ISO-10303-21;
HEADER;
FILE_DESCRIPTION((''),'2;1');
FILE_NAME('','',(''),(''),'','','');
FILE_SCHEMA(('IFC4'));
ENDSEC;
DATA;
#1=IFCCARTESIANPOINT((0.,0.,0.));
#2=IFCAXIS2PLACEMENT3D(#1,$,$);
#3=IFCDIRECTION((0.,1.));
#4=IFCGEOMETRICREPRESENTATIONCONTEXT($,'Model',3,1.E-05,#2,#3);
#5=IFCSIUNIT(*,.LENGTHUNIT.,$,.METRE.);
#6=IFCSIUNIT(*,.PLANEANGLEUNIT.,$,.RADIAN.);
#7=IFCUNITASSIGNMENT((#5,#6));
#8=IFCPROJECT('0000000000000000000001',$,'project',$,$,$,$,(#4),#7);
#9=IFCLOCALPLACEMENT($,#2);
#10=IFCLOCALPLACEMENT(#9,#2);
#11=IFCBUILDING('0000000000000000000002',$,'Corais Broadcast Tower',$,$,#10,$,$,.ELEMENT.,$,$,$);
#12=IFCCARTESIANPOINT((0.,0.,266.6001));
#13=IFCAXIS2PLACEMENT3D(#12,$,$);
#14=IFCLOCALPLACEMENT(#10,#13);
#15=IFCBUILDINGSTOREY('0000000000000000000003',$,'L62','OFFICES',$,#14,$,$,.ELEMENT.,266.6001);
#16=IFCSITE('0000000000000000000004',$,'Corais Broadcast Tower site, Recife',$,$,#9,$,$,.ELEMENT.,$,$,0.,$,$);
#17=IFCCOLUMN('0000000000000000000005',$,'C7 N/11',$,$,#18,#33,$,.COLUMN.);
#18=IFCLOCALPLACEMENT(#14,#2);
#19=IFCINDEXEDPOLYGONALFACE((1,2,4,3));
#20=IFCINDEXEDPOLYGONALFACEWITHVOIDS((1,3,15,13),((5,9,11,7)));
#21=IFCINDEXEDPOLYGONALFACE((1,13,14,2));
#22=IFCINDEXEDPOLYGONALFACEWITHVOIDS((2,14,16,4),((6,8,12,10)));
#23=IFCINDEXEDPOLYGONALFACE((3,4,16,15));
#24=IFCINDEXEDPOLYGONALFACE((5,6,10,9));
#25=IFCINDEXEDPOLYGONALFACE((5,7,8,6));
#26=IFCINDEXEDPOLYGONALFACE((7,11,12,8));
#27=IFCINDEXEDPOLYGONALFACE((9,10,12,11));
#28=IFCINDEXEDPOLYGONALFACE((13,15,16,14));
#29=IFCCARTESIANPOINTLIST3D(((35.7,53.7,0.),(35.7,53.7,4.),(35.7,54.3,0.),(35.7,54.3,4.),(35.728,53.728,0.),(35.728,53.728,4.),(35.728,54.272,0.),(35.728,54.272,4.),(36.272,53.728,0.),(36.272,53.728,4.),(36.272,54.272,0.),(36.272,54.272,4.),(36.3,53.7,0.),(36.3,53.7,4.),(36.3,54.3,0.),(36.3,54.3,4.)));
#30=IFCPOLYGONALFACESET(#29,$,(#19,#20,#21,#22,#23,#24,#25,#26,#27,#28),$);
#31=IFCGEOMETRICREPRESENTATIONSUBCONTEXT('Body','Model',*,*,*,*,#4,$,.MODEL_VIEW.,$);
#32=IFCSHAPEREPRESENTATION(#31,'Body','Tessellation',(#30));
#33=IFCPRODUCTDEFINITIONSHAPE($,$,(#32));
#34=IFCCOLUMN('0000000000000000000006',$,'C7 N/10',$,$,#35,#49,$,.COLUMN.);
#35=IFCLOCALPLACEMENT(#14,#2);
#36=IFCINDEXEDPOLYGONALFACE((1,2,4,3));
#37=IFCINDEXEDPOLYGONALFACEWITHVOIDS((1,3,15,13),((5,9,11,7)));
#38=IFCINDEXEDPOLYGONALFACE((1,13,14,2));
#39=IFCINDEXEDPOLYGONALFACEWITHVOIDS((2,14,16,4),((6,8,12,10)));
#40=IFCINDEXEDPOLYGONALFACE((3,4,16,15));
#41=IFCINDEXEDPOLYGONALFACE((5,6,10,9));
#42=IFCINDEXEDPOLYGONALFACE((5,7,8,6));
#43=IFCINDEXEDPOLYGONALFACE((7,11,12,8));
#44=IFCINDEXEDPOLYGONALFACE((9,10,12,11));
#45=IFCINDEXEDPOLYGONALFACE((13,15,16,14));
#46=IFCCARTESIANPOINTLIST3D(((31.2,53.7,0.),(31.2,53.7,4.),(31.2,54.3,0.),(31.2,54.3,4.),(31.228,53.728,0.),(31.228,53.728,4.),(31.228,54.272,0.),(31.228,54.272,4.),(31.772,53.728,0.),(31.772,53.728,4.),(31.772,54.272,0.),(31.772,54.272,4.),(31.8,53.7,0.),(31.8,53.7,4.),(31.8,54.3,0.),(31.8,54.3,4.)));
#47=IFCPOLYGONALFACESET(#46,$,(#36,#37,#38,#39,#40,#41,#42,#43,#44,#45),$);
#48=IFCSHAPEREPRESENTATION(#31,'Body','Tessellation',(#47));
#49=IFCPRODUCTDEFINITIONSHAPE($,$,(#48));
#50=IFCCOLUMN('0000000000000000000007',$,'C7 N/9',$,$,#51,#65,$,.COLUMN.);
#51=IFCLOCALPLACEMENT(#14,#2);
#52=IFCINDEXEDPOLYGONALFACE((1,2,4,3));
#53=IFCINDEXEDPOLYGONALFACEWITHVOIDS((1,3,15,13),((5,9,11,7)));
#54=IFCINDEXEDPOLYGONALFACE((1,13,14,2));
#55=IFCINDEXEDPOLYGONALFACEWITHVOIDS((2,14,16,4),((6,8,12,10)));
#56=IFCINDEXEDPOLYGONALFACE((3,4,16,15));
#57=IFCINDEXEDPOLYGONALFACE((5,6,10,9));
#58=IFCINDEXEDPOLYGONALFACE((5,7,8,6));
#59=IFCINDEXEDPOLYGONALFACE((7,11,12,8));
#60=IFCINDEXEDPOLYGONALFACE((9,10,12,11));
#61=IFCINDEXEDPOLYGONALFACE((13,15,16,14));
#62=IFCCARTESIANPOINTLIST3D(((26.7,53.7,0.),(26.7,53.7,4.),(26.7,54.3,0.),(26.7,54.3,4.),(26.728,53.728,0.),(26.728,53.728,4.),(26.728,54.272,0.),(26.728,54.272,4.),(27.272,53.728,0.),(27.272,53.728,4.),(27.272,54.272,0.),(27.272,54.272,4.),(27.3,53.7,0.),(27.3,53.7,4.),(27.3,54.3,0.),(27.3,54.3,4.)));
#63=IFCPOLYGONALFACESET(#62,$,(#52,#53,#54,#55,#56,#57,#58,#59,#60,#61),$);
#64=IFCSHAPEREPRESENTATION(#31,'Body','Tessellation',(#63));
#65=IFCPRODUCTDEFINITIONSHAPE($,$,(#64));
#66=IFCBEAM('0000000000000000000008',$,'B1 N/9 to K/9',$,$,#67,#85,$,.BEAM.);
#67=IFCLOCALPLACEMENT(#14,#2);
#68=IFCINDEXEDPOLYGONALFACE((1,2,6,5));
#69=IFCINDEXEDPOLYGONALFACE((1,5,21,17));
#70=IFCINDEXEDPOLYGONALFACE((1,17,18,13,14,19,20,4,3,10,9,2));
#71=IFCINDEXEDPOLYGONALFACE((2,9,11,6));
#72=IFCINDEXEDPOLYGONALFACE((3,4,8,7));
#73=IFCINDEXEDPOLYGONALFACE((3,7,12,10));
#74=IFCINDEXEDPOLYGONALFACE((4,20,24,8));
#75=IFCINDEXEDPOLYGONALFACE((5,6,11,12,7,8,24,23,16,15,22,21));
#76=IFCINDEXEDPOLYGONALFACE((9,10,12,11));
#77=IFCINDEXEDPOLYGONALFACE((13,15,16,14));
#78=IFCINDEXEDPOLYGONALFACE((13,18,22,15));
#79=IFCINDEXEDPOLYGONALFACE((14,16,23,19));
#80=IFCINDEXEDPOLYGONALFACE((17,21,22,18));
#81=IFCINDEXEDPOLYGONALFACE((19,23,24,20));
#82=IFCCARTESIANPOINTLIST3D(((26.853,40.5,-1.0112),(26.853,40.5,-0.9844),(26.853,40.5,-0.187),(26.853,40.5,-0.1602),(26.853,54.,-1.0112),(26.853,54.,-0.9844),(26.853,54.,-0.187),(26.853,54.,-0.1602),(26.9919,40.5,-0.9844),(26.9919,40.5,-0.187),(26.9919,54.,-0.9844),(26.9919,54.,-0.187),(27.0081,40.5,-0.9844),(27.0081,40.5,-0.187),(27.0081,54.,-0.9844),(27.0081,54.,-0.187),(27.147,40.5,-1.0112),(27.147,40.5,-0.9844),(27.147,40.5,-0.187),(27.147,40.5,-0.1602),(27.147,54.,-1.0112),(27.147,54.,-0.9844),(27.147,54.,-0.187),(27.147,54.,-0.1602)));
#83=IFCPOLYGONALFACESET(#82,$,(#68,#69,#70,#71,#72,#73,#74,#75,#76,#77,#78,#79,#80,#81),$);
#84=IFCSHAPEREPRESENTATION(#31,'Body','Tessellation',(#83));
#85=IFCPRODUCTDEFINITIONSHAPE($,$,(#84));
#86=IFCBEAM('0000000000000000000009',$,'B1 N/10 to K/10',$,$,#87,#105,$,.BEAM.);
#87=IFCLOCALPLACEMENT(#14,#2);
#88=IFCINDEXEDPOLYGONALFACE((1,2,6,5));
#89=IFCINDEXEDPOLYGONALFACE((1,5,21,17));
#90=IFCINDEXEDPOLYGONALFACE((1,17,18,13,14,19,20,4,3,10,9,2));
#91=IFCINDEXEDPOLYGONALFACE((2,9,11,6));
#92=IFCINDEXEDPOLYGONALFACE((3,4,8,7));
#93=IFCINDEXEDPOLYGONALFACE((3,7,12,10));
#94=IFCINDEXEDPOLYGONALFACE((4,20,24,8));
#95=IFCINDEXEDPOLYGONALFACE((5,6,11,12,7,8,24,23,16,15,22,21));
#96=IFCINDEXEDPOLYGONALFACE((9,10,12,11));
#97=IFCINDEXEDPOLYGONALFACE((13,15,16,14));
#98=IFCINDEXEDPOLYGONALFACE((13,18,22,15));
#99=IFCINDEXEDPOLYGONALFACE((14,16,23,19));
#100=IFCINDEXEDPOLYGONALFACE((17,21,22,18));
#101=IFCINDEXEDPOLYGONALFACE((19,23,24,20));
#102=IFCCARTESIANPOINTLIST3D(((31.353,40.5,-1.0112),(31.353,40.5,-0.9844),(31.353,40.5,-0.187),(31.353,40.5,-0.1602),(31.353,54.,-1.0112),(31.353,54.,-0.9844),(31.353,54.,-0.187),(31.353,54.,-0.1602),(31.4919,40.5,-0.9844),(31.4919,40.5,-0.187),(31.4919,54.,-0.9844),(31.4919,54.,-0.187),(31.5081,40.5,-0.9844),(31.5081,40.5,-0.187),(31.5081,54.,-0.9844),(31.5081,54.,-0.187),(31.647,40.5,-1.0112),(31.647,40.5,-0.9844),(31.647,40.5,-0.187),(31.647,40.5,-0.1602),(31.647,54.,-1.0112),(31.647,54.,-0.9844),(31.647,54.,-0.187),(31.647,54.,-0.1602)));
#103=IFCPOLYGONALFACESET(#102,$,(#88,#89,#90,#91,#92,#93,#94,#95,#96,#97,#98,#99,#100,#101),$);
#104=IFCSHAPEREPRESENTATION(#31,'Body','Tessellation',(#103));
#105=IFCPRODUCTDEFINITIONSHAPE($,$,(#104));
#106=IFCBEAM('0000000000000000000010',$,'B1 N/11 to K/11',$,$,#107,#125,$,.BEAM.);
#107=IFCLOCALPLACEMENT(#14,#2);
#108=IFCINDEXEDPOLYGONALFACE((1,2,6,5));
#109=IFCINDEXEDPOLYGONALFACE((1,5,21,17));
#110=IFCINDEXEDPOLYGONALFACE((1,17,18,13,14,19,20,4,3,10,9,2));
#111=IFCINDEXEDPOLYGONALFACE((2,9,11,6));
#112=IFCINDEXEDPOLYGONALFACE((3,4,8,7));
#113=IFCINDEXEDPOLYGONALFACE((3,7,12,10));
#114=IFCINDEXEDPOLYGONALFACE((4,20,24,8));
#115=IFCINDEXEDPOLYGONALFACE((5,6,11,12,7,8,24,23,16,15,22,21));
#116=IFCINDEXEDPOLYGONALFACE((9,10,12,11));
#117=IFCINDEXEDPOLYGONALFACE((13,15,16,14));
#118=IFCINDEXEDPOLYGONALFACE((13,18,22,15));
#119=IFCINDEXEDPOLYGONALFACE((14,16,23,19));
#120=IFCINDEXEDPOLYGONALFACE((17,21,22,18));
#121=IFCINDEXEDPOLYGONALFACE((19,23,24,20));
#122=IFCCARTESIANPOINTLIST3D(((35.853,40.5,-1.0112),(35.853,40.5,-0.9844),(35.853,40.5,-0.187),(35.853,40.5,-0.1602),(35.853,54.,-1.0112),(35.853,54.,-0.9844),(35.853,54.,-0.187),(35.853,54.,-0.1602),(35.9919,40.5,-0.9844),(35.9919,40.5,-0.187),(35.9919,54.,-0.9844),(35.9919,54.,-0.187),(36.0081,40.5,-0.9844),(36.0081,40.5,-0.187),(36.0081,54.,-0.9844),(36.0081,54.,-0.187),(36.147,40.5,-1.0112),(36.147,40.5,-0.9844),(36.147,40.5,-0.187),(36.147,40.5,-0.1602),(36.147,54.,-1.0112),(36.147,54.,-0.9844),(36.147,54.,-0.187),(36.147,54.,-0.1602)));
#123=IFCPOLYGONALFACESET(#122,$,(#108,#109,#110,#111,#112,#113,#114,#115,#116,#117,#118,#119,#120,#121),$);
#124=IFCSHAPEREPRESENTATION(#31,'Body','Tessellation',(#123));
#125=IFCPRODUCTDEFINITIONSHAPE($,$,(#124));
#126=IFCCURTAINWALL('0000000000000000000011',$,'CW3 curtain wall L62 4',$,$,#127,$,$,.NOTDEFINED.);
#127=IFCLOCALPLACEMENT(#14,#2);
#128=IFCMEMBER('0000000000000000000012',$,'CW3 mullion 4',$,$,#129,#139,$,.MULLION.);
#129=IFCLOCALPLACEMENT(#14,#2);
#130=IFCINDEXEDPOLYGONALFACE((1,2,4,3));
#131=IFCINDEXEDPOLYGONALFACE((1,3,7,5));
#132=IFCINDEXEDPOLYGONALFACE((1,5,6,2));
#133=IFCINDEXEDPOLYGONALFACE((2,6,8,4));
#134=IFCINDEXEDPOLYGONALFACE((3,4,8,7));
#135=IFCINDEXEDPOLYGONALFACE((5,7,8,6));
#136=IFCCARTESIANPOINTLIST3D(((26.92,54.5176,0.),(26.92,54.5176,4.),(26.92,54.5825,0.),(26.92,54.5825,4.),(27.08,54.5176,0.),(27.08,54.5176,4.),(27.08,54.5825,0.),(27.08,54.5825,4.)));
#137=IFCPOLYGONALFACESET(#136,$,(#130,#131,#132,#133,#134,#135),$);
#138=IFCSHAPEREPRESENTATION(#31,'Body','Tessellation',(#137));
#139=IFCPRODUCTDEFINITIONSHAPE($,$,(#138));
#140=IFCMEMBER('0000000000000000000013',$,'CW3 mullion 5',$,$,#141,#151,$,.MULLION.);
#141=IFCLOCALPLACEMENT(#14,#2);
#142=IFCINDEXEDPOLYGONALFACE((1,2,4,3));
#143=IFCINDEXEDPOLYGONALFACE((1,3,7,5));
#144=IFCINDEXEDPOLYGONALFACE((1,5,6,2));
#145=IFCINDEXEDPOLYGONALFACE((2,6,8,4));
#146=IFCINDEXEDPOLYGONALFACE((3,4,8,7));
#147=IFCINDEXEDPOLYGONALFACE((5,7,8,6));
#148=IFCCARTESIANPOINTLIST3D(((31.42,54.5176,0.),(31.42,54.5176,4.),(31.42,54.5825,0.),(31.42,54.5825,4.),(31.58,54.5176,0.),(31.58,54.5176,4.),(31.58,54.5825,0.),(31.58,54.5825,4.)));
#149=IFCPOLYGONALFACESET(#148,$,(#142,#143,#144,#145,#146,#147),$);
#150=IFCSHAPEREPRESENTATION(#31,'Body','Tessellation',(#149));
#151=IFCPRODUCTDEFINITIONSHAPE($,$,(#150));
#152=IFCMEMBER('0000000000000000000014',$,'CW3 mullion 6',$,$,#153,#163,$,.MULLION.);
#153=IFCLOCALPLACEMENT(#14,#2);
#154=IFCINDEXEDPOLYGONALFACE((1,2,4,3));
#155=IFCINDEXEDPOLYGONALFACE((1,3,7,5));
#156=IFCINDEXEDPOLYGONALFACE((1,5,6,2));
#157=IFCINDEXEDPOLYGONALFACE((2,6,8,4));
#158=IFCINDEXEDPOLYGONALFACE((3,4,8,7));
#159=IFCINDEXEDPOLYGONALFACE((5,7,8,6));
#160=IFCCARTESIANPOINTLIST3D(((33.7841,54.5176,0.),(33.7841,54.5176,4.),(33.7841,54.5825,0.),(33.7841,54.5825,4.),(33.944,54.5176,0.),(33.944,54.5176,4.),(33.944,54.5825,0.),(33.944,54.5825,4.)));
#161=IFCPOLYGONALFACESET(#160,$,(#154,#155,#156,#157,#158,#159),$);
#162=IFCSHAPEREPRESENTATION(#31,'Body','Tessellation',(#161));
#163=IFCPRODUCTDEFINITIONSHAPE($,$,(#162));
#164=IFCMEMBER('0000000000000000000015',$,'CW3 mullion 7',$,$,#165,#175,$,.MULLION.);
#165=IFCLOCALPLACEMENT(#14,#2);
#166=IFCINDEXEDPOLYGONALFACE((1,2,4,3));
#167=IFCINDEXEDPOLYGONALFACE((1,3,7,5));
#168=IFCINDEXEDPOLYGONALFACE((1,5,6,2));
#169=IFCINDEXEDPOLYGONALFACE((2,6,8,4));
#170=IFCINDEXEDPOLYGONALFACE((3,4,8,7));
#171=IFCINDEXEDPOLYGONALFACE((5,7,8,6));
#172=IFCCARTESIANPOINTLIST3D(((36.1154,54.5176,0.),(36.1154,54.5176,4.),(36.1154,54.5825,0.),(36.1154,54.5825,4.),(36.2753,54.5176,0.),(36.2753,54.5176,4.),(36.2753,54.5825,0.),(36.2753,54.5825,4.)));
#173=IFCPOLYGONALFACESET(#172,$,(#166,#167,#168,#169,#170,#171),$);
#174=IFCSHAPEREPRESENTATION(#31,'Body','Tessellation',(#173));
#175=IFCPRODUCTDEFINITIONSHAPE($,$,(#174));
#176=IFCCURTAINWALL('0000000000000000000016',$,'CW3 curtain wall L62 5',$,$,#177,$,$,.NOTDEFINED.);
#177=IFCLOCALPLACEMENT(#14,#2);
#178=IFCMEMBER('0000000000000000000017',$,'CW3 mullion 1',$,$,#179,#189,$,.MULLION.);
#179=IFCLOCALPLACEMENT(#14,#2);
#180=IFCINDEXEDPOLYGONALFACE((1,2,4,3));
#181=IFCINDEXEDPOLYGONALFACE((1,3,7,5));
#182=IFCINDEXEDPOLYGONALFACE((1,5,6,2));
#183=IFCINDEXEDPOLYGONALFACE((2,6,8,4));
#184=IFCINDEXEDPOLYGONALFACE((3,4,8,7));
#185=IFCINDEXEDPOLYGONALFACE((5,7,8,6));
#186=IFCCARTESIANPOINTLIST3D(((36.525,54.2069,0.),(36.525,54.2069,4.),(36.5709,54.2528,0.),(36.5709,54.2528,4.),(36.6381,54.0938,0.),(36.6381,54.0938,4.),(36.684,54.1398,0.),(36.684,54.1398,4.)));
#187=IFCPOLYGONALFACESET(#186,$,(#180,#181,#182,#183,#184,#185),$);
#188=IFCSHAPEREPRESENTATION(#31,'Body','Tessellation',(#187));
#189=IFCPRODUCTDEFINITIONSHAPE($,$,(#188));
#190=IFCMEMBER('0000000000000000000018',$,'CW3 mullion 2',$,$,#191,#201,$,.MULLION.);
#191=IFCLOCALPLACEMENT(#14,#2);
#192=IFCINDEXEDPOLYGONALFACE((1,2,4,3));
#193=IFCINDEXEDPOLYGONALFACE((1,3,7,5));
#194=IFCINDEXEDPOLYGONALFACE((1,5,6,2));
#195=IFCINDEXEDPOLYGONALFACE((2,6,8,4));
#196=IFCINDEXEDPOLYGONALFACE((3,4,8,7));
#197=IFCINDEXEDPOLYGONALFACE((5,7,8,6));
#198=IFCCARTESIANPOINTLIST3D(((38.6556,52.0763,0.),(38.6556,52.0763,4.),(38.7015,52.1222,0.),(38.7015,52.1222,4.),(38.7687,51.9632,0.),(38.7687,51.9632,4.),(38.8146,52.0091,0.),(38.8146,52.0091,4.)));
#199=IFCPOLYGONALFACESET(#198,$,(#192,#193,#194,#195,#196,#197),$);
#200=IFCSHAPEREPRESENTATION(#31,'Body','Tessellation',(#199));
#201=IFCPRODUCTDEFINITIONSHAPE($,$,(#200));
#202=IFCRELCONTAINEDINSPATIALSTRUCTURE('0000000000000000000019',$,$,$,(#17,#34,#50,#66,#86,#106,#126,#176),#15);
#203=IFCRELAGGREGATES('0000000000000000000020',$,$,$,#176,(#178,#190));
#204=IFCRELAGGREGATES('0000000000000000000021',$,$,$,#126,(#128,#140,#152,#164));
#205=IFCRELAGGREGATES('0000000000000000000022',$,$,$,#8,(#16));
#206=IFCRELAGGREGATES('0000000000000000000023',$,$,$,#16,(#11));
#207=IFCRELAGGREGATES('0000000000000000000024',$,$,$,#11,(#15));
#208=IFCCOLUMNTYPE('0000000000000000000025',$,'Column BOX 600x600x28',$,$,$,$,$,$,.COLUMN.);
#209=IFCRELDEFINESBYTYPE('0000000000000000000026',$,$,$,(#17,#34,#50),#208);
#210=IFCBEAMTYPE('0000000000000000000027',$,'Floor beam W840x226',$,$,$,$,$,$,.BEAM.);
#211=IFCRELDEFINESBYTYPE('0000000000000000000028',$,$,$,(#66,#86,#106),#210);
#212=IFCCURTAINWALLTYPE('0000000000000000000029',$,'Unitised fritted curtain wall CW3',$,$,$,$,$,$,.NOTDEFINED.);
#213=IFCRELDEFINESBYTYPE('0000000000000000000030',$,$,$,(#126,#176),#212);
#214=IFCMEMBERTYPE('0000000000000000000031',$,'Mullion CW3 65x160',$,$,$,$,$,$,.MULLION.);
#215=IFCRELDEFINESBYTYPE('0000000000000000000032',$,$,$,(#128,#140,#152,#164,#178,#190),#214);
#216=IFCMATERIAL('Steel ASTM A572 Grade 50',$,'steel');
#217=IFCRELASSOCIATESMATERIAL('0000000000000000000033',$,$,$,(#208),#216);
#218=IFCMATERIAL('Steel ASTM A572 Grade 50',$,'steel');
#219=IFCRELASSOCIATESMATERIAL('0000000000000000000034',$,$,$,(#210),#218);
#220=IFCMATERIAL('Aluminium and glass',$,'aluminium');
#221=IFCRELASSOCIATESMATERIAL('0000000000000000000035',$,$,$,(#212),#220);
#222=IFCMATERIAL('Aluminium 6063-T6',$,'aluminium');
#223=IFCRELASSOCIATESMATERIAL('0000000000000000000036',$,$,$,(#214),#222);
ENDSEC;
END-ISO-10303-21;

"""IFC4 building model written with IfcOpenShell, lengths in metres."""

from ifc_helpers import new_model, si_unit, direction, frame, origin, origin_2d, place, context, subcontext, project, spatial, rectangle, hollow_rectangle, i_section, extrude, material, material_profile, profile_set, type_object, element, aggregate, save


model = new_model("IFC4")

# Units and contexts
model_context = context("Model", 3, precision=1e-05, world=origin(), true_north=direction((0.0, 1.0)))
body_context = subcontext(model_context, "Body", "Model", "MODEL_VIEW")
ifc_project = project(units=[si_unit("LENGTHUNIT", "METRE"), si_unit("PLANEANGLEUNIT", "RADIAN")], contexts=[model_context])

# Site, building, storey
site_placement = place(None, origin())
site = spatial("IfcSite", under=ifc_project, at=site_placement, Name="Corais Broadcast Tower site, Recife", CompositionType="ELEMENT", RefElevation=0.0)
building_placement = place(site_placement, origin())
building = spatial("IfcBuilding", under=site, at=building_placement, Name="Corais Broadcast Tower", CompositionType="ELEMENT")
storey_placement = place(building_placement, frame((0.0, 0.0, 266.6001)))
storey = spatial("IfcBuildingStorey", under=building, at=storey_placement, Name="L62", Description="OFFICES", CompositionType="ELEMENT", Elevation=266.6001)

# Columns
ifc_material_1 = material(Name="Steel ASTM A572 Grade 50", Category="steel")
ifc_material_profile_1 = material_profile(ifc_material_1, hollow_rectangle(XDim=0.6001, YDim=0.6001, WallThickness=0.0281, at=origin_2d()), Name="BOX 600x600x28")
ifc_profile_set_1 = profile_set([ifc_material_profile_1], Name="Steel ASTM A572 Grade 50")
column_type = type_object("IfcColumnType", Name="Column BOX 600x600x28", PredefinedType="COLUMN", material=ifc_profile_set_1)
for number, where, z_axis, x_axis, name in (
    (1, (36.0, 54.0, 0.0), (0.0, 0.0, 1.0), (1.0, 0.0, 0.0), "C7 N/11"),
    (2, (31.5, 54.0, 0.0), (0.0, 0.0, 1.0), (1.0, 0.0, 0.0), "C7 N/10"),
    (3, (27.0, 54.0, 0.0), (0.0, 0.0, 1.0), (1.0, 0.0, 0.0), "C7 N/9"),
):
    element("IfcColumn", number, at=place(storey_placement, frame(where, z_axis=z_axis, x_axis=x_axis)), inside=storey, type_object=column_type, Name=name, PredefinedType="COLUMN", context=body_context, shape_type="SweptSolid", body=[
        extrude(hollow_rectangle(XDim=0.6001, YDim=0.6001, WallThickness=0.0281, at=origin_2d()), origin(), (0.0, 0.0, 1.0), 4.0),
    ])

# Beams
ifc_material_2 = material(Name="Steel ASTM A572 Grade 50", Category="steel")
ifc_material_profile_2 = material_profile(ifc_material_2, i_section(OverallWidth=0.2939, OverallDepth=0.8511, WebThickness=0.0161, FlangeThickness=0.0269, at=origin_2d()), Name="W840x226")
ifc_profile_set_2 = profile_set([ifc_material_profile_2], Name="Steel ASTM A572 Grade 50")
beam_type_1 = type_object("IfcBeamType", Name="Floor beam W840x226", PredefinedType="BEAM", material=ifc_profile_set_2)
for number, where, z_axis, x_axis, name in (
    (4, (27.0, 54.0, -0.5857), (0.0, -1.0, 0.0), (1.0, 0.0, 0.0), "B1 N/9 to K/9"),
    (5, (31.5, 54.0, -0.5857), (0.0, -1.0, 0.0), (1.0, 0.0, 0.0), "B1 N/10 to K/10"),
    (6, (36.0, 54.0, -0.5857), (0.0, -1.0, 0.0), (1.0, 0.0, 0.0), "B1 N/11 to K/11"),
):
    element("IfcBeam", number, at=place(storey_placement, frame(where, z_axis=z_axis, x_axis=x_axis)), inside=storey, type_object=beam_type_1, Name=name, PredefinedType="BEAM", context=body_context, shape_type="SweptSolid", body=[
        extrude(i_section(OverallWidth=0.2939, OverallDepth=0.8511, WebThickness=0.0161, FlangeThickness=0.0269, at=origin_2d()), origin(), (0.0, 0.0, 1.0), 13.5),
    ])

# Curtain walls, members
ifc_material_3 = material(Name="Aluminium and glass", Category="aluminium")
curtain_wall_type = type_object("IfcCurtainWallType", Name="Unitised fritted curtain wall CW3", PredefinedType="NOTDEFINED", material=ifc_material_3)
curtain_wall_1_placement = place(storey_placement, origin())
curtain_wall_1 = element("IfcCurtainWall", 7, at=curtain_wall_1_placement, inside=storey, type_object=curtain_wall_type, Name="CW3 curtain wall L62 4", PredefinedType="NOTDEFINED")
ifc_material_4 = material(Name="Aluminium 6063-T6", Category="aluminium")
ifc_material_profile_3 = material_profile(ifc_material_4, rectangle(XDim=0.0649, YDim=0.1599, at=origin_2d()), Name="Mullion CW3 65x160")
ifc_profile_set_3 = profile_set([ifc_material_profile_3], Name="Aluminium 6063-T6")
member_type_1 = type_object("IfcMemberType", Name="Mullion CW3 65x160", PredefinedType="MULLION", material=ifc_profile_set_3)
member_1_placement = place(storey_placement, frame((27.0, 54.55, 0.0), z_axis=(0.0, 0.0, 1.0), x_axis=(0.0, 1.0, 0.0)))
member_1 = element("IfcMember", 8, at=member_1_placement, type_object=member_type_1, Name="CW3 mullion 4", PredefinedType="MULLION", context=body_context, shape_type="SweptSolid", body=[
    extrude(rectangle(XDim=0.0649, YDim=0.1599, at=origin_2d()), origin(), (0.0, 0.0, 1.0), 4.0),
])
member_2_placement = place(storey_placement, frame((31.5, 54.55, 0.0), z_axis=(0.0, 0.0, 1.0), x_axis=(0.0, 1.0, 0.0)))
member_2 = element("IfcMember", 9, at=member_2_placement, type_object=member_type_1, Name="CW3 mullion 5", PredefinedType="MULLION", context=body_context, shape_type="SweptSolid", body=[
    extrude(rectangle(XDim=0.0649, YDim=0.1599, at=origin_2d()), origin(), (0.0, 0.0, 1.0), 4.0),
])
member_3_placement = place(storey_placement, frame((33.864, 54.55, 0.0), z_axis=(0.0, 0.0, 1.0), x_axis=(0.0, 1.0, 0.0)))
member_3 = element("IfcMember", 10, at=member_3_placement, type_object=member_type_1, Name="CW3 mullion 6", PredefinedType="MULLION", context=body_context, shape_type="SweptSolid", body=[
    extrude(rectangle(XDim=0.0649, YDim=0.1599, at=origin_2d()), origin(), (0.0, 0.0, 1.0), 4.0),
])
member_4_placement = place(storey_placement, frame((36.1953, 54.55, 0.0), z_axis=(0.0, 0.0, 1.0), x_axis=(0.0, 1.0, 0.0)))
member_4 = element("IfcMember", 11, at=member_4_placement, type_object=member_type_1, Name="CW3 mullion 7", PredefinedType="MULLION", context=body_context, shape_type="SweptSolid", body=[
    extrude(rectangle(XDim=0.0649, YDim=0.1599, at=origin_2d()), origin(), (0.0, 0.0, 1.0), 4.0),
])
curtain_wall_2_placement = place(storey_placement, origin())
curtain_wall_2 = element("IfcCurtainWall", 12, at=curtain_wall_2_placement, inside=storey, type_object=curtain_wall_type, Name="CW3 curtain wall L62 5", PredefinedType="NOTDEFINED")
member_5_placement = place(storey_placement, frame((36.6045, 54.1733, 0.0), z_axis=(0.0, 0.0, 1.0), x_axis=(0.707107, 0.707107, 0.0)))
member_5 = element("IfcMember", 13, at=member_5_placement, type_object=member_type_1, Name="CW3 mullion 1", PredefinedType="MULLION", context=body_context, shape_type="SweptSolid", body=[
    extrude(rectangle(XDim=0.0649, YDim=0.1599, at=origin_2d()), origin(), (0.0, 0.0, 1.0), 4.0),
])
member_6_placement = place(storey_placement, frame((38.7351, 52.0427, 0.0), z_axis=(0.0, 0.0, 1.0), x_axis=(0.707107, 0.707107, 0.0)))
member_6 = element("IfcMember", 14, at=member_6_placement, type_object=member_type_1, Name="CW3 mullion 2", PredefinedType="MULLION", context=body_context, shape_type="SweptSolid", body=[
    extrude(rectangle(XDim=0.0649, YDim=0.1599, at=origin_2d()), origin(), (0.0, 0.0, 1.0), 4.0),
])

aggregate(curtain_wall_2, [member_5, member_6])
aggregate(curtain_wall_1, [member_1, member_2, member_3, member_4])

save(model, "model.ifc")
